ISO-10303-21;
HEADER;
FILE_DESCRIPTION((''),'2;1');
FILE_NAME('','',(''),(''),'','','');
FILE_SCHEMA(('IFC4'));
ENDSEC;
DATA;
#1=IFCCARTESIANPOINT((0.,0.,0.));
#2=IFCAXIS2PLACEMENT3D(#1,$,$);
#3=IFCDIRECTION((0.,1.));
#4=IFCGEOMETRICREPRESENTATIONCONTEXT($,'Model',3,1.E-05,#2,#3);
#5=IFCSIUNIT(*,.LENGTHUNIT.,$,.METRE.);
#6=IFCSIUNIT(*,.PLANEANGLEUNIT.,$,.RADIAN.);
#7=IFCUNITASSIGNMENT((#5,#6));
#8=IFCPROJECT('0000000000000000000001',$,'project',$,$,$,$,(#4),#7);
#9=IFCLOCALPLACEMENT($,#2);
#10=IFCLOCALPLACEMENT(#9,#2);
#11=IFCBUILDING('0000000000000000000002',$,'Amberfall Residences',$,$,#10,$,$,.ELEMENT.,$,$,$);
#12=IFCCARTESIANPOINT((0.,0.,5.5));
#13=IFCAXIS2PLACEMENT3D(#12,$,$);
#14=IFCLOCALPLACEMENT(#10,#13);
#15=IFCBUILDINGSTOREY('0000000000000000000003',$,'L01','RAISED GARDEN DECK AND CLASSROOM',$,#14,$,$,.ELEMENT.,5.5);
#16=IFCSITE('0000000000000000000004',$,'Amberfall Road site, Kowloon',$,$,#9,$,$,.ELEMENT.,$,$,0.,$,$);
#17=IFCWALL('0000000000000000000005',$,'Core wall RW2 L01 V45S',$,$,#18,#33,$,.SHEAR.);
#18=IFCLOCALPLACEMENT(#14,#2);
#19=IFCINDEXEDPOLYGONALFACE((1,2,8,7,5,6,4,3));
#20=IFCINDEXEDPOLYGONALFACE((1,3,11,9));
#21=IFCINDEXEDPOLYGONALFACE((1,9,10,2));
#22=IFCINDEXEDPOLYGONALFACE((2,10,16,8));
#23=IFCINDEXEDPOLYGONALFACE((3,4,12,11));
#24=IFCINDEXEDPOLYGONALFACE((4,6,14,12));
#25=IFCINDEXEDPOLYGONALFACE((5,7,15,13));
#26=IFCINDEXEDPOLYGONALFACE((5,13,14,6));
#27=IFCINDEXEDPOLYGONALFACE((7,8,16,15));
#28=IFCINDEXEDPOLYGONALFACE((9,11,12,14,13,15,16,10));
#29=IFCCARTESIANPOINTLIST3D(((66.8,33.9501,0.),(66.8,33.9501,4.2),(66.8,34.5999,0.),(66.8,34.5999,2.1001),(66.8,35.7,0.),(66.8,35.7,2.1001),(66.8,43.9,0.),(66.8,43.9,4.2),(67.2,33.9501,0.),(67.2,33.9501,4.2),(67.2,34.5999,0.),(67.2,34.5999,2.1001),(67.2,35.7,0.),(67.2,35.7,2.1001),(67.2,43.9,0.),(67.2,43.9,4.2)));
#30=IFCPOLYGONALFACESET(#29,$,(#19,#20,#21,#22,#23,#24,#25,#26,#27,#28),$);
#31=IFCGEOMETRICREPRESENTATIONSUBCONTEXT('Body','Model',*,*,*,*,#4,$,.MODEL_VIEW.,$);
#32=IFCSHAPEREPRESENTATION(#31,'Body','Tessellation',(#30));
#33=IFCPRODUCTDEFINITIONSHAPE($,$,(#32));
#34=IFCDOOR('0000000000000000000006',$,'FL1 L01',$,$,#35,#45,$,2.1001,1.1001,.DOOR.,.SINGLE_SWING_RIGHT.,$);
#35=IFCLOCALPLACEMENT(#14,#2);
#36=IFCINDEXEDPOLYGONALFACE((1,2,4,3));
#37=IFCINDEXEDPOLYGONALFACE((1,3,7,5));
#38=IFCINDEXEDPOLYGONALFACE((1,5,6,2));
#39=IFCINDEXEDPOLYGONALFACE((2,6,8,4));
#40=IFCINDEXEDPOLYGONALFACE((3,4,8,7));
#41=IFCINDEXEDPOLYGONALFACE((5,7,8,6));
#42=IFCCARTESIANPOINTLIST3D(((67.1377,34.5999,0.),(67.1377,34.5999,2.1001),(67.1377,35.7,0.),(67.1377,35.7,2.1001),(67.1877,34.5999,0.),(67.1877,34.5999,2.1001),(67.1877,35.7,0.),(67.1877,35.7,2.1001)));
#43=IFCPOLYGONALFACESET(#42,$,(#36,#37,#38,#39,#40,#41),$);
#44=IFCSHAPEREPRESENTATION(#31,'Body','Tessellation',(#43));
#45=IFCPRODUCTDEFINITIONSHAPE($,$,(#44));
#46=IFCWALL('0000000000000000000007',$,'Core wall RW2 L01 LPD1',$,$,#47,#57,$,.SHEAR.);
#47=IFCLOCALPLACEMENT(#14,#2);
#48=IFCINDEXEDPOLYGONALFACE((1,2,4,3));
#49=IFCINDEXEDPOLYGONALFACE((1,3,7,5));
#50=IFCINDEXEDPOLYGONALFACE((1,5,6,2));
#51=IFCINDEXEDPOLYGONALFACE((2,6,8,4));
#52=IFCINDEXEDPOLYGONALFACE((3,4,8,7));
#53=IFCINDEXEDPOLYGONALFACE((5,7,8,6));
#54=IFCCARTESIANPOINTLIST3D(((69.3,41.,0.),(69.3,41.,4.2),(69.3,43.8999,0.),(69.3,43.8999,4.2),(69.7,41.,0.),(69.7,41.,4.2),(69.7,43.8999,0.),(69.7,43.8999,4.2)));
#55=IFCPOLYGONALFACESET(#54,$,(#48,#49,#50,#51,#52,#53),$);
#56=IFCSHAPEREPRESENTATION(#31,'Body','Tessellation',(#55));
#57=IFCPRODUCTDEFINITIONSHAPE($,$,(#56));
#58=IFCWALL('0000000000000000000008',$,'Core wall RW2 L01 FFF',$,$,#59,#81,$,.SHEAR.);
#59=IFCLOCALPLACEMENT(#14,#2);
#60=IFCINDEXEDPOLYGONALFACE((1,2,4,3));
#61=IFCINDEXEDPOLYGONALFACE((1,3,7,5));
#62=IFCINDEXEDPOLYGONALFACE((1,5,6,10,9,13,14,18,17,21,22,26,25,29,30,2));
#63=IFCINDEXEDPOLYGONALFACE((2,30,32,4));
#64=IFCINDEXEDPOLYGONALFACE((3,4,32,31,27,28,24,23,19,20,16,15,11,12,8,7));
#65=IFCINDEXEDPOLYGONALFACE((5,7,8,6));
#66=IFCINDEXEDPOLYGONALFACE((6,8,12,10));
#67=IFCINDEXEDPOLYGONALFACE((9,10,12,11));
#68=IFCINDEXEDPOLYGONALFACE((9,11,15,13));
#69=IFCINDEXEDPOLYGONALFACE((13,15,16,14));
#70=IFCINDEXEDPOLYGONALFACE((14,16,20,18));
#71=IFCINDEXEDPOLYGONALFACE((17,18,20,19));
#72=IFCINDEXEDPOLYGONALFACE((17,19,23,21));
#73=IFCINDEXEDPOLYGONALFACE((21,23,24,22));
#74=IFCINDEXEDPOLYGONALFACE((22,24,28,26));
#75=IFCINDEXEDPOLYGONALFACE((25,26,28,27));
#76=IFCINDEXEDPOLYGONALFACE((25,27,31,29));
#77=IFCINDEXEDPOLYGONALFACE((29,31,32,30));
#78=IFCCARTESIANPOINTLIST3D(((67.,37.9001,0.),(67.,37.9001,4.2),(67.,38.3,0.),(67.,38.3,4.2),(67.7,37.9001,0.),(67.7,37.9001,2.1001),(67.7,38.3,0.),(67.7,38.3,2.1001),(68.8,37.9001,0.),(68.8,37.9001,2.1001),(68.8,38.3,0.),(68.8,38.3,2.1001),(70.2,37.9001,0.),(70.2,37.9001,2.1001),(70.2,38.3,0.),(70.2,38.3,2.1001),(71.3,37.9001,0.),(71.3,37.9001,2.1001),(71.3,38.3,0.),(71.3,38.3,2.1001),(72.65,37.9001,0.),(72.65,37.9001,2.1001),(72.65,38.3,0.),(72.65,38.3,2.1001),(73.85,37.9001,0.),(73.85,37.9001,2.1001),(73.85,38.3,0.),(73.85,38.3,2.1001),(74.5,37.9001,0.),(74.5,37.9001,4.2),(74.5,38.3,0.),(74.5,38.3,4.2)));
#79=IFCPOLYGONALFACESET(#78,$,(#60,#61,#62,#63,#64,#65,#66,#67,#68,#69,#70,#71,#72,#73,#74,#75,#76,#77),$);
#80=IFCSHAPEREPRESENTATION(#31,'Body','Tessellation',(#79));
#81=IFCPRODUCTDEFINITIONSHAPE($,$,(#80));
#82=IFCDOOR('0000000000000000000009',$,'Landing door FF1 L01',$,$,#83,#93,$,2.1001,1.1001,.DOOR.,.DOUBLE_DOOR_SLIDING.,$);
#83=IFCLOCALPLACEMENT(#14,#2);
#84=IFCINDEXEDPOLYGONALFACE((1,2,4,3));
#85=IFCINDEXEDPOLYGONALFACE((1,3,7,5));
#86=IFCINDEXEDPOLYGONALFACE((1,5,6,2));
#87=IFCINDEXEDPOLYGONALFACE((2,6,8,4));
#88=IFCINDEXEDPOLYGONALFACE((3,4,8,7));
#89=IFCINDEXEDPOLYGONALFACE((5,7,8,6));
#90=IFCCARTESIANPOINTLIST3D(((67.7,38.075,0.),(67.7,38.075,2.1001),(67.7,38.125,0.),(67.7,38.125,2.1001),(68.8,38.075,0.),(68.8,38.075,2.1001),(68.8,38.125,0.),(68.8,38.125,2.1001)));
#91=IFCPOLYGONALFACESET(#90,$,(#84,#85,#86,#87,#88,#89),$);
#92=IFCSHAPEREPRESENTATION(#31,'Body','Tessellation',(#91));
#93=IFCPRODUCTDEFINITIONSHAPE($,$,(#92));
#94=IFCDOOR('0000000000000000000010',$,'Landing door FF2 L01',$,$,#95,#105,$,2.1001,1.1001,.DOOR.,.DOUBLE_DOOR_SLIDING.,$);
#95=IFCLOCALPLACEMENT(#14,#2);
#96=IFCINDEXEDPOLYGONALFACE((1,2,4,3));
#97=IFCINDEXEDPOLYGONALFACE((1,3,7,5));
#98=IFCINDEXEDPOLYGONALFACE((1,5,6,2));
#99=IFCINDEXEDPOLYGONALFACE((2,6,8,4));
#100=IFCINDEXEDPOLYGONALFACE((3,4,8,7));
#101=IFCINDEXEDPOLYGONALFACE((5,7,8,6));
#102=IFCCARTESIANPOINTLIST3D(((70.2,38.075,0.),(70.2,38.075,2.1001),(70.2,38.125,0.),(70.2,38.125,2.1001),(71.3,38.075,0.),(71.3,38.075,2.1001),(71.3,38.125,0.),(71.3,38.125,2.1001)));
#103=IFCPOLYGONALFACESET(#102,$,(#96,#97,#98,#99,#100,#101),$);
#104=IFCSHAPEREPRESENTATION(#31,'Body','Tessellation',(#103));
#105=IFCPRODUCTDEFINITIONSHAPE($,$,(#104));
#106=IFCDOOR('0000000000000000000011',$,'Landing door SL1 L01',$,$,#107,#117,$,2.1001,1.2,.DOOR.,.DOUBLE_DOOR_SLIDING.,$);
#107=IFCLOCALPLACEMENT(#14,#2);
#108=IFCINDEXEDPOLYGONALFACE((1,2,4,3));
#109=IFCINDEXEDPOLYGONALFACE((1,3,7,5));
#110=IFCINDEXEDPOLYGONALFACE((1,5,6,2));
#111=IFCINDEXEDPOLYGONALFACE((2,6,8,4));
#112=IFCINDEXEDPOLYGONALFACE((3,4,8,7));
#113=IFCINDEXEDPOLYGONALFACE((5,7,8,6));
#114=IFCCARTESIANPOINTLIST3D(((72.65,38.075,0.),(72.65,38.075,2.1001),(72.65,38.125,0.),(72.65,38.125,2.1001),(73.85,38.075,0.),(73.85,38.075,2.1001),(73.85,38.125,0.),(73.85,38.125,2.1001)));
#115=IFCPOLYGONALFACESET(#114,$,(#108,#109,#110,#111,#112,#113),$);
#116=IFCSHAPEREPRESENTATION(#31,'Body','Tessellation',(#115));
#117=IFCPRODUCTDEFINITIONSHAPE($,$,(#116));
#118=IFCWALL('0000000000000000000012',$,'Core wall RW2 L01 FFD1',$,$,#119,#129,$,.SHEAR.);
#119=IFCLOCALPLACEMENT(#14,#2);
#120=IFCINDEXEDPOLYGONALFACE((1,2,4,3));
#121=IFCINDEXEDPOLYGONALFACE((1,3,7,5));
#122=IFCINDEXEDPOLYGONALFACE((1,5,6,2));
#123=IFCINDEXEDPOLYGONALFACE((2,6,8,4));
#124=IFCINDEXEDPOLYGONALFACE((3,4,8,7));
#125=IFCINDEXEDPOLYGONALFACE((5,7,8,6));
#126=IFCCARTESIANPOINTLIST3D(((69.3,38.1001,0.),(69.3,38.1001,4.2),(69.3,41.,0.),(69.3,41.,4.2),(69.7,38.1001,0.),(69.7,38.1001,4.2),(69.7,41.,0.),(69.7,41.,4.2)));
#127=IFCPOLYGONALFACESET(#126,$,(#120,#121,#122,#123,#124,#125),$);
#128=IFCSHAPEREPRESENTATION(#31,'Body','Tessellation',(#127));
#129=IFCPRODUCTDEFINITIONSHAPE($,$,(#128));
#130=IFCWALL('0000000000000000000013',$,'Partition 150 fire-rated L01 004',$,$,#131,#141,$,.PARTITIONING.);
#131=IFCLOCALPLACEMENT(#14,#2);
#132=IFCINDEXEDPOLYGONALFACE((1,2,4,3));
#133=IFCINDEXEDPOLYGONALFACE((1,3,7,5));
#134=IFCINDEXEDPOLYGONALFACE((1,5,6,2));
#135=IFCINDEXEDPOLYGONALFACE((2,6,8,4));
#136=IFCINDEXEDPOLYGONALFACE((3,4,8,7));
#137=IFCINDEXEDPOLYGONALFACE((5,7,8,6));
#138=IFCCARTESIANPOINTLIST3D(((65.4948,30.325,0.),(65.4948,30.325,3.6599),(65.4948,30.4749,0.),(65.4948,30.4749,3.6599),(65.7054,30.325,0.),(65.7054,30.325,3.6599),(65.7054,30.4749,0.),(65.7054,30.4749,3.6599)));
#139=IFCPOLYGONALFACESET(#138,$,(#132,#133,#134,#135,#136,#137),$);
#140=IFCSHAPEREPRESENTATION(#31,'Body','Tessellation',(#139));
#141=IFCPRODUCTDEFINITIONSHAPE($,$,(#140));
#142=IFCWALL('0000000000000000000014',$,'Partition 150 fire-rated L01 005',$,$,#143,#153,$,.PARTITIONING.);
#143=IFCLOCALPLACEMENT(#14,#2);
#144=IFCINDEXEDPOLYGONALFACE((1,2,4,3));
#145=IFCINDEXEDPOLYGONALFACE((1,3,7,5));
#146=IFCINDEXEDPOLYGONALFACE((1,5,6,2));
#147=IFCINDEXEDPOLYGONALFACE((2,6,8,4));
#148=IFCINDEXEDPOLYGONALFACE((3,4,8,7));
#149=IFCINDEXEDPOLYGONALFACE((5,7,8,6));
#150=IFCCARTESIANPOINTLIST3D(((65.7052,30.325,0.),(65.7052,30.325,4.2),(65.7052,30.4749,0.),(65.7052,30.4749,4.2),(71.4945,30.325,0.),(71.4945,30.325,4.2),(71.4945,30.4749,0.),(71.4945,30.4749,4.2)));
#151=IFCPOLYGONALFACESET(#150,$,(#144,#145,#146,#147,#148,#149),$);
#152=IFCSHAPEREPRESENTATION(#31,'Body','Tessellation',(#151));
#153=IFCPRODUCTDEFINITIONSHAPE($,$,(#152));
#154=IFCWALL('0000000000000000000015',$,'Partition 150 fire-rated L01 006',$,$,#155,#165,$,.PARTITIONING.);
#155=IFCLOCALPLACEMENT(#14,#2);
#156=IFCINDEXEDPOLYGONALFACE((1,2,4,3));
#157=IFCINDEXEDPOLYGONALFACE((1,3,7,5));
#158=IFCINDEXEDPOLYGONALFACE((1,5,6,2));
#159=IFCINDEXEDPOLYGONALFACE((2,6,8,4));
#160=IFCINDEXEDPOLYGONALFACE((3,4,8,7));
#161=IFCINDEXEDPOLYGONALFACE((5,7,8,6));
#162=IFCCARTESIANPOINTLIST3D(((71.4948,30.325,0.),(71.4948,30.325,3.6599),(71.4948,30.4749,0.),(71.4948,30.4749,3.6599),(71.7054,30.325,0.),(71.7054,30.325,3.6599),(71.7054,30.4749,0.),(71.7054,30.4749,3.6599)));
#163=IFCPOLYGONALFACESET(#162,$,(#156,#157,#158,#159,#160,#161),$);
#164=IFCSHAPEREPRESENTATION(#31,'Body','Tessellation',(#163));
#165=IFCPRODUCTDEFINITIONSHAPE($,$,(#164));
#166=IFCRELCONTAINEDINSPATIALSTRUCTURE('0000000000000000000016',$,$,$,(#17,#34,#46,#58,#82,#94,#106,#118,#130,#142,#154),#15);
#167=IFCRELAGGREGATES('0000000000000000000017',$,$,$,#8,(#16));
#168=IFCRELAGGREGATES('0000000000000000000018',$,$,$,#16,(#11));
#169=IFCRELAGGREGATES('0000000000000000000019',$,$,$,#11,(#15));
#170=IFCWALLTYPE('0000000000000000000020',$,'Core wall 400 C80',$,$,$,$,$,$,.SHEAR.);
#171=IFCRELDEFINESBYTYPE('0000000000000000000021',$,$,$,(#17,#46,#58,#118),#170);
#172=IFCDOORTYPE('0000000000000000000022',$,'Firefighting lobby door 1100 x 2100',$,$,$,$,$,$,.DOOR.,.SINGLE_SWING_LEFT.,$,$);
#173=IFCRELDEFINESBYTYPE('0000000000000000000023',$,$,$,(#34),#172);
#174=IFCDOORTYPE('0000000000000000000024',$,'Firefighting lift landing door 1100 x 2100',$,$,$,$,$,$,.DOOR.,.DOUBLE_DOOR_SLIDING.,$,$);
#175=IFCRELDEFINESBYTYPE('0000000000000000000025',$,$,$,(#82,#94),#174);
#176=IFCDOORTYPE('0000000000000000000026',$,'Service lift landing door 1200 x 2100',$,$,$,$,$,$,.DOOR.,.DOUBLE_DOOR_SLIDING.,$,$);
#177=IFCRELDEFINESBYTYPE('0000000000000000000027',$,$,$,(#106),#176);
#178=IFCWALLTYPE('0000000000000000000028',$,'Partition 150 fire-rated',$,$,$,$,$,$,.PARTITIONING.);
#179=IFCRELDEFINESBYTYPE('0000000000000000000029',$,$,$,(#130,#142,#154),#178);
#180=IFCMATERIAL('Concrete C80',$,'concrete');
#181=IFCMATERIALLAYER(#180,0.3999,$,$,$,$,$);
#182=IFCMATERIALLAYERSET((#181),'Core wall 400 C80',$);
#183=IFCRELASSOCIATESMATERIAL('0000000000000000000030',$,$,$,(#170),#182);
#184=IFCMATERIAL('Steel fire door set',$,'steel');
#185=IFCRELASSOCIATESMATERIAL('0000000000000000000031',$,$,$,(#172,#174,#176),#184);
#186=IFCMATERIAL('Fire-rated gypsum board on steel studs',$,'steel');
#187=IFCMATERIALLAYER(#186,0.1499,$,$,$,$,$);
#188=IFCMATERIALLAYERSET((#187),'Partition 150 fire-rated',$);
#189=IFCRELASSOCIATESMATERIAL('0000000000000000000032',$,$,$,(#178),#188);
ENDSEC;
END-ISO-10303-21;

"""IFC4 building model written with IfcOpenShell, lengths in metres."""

from ifc_helpers import new_model, si_unit, direction, frame, frame_2d, origin, place, context, subcontext, project, spatial, rectangle, extrude, material, layer, layer_set, type_object, element, fill, save


model = new_model("IFC4")

# Units and contexts
model_context = context("Model", 3, precision=1e-05, world=origin(), true_north=direction((0.0, 1.0)))
body_context = subcontext(model_context, "Body", "Model", "MODEL_VIEW")
ifc_project = project(units=[si_unit("LENGTHUNIT", "METRE"), si_unit("PLANEANGLEUNIT", "RADIAN")], contexts=[model_context])

# Site, building, storey
site_placement = place(None, origin())
site = spatial("IfcSite", under=ifc_project, at=site_placement, Name="Amberfall Road site, Kowloon", CompositionType="ELEMENT", RefElevation=0.0)
building_placement = place(site_placement, origin())
building = spatial("IfcBuilding", under=site, at=building_placement, Name="Amberfall Residences", CompositionType="ELEMENT")
storey_placement = place(building_placement, frame((0.0, 0.0, 5.5)))
storey = spatial("IfcBuildingStorey", under=building, at=storey_placement, Name="L01", Description="RAISED GARDEN DECK AND CLASSROOM", CompositionType="ELEMENT", Elevation=5.5)

# Wall, opening, door
ifc_material_1 = material(Name="Concrete C80", Category="concrete")
ifc_layer_1 = layer(ifc_material_1, 0.3999)
ifc_layer_set_1 = layer_set([ifc_layer_1], Name="Core wall 400 C80")
wall_type_1 = type_object("IfcWallType", Name="Core wall 400 C80", PredefinedType="SHEAR", material=ifc_layer_set_1)
wall_1_placement = place(storey_placement, frame((67.0, 33.95, 0.0), z_axis=(0.0, 0.0, 1.0), x_axis=(0.0, 1.0, 0.0)))
wall_1 = element("IfcWall", 1, at=wall_1_placement, inside=storey, type_object=wall_type_1, Name="Core wall RW2 L01 V45S", PredefinedType="SHEAR", context=body_context, shape_type="SweptSolid", body=[
    extrude(rectangle(XDim=9.95, YDim=0.3999, at=frame_2d((4.9751, 0.0))), origin(), (0.0, 0.0, 1.0), 4.2),
])
opening_1_placement = place(wall_1_placement, frame((0.6499, 0.0, 0.0)))
opening_1 = element("IfcOpeningElement", 2, at=opening_1_placement, cuts=wall_1, PredefinedType="OPENING", context=body_context, shape_type="SweptSolid", body=[
    extrude(rectangle(XDim=1.1001, YDim=2.1001, at=frame_2d((0.55, 1.05))), frame((0.0, 0.21, 0.0), z_axis=(0.0, -1.0, 0.0), x_axis=(1.0, 0.0, 0.0)), (0.0, 0.0, 1.0), 0.4199),
])
ifc_material_2 = material(Name="Steel fire door set", Category="steel")
door_type_1 = type_object("IfcDoorType", Name="Firefighting lobby door 1100 x 2100", OperationType="SINGLE_SWING_LEFT", PredefinedType="DOOR", material=ifc_material_2)
door_1_placement = place(opening_1_placement, origin())
door_1 = element("IfcDoor", 3, at=door_1_placement, inside=storey, type_object=door_type_1, Name="FL1 L01", OperationType="SINGLE_SWING_RIGHT", OverallHeight=2.1001, OverallWidth=1.1001, PredefinedType="DOOR", context=body_context, shape_type="SweptSolid", body=[
    extrude(rectangle(XDim=1.1001, YDim=2.1001, at=frame_2d((0.55, 1.05))), frame((0.0, -0.1377, 0.0), z_axis=(0.0, -1.0, 0.0), x_axis=(1.0, 0.0, 0.0)), (0.0, 0.0, 1.0), 0.05),
])
fill(opening_1, door_1)

# Wall
wall_2_placement = place(storey_placement, frame((69.5, 41.0, 0.0), z_axis=(0.0, 0.0, 1.0), x_axis=(0.0, 1.0, 0.0)))
element("IfcWall", 4, at=wall_2_placement, inside=storey, type_object=wall_type_1, Name="Core wall RW2 L01 LPD1", PredefinedType="SHEAR", context=body_context, shape_type="SweptSolid", body=[
    extrude(rectangle(XDim=2.8999, YDim=0.3999, at=frame_2d((1.45, 0.0))), origin(), (0.0, 0.0, 1.0), 4.2),
])

# Wall, openings, doors
wall_3_placement = place(storey_placement, frame((67.0, 38.1001, 0.0), z_axis=(0.0, 0.0, 1.0), x_axis=(1.0, 0.0, 0.0)))
wall_3 = element("IfcWall", 5, at=wall_3_placement, inside=storey, type_object=wall_type_1, Name="Core wall RW2 L01 FFF", PredefinedType="SHEAR", context=body_context, shape_type="SweptSolid", body=[
    extrude(rectangle(XDim=7.5, YDim=0.3999, at=frame_2d((3.75, 0.0))), origin(), (0.0, 0.0, 1.0), 4.2),
])
opening_2_placement = place(wall_3_placement, frame((0.7, 0.0, 0.0)))
opening_2 = element("IfcOpeningElement", 6, at=opening_2_placement, cuts=wall_3, PredefinedType="OPENING", context=body_context, shape_type="SweptSolid", body=[
    extrude(rectangle(XDim=1.1001, YDim=2.1001, at=frame_2d((0.55, 1.05))), frame((0.0, 0.21, 0.0), z_axis=(0.0, -1.0, 0.0), x_axis=(1.0, 0.0, 0.0)), (0.0, 0.0, 1.0), 0.4199),
])
opening_3_placement = place(wall_3_placement, frame((3.2, 0.0, 0.0)))
opening_3 = element("IfcOpeningElement", 7, at=opening_3_placement, cuts=wall_3, PredefinedType="OPENING", context=body_context, shape_type="SweptSolid", body=[
    extrude(rectangle(XDim=1.1001, YDim=2.1001, at=frame_2d((0.55, 1.05))), frame((0.0, 0.21, 0.0), z_axis=(0.0, -1.0, 0.0), x_axis=(1.0, 0.0, 0.0)), (0.0, 0.0, 1.0), 0.4199),
])
opening_4_placement = place(wall_3_placement, frame((5.6499, 0.0, 0.0)))
opening_4 = element("IfcOpeningElement", 8, at=opening_4_placement, cuts=wall_3, PredefinedType="OPENING", context=body_context, shape_type="SweptSolid", body=[
    extrude(rectangle(XDim=1.2, YDim=2.1001, at=frame_2d((0.6001, 1.05))), frame((0.0, 0.21, 0.0), z_axis=(0.0, -1.0, 0.0), x_axis=(1.0, 0.0, 0.0)), (0.0, 0.0, 1.0), 0.4199),
])
door_type_2 = type_object("IfcDoorType", Name="Firefighting lift landing door 1100 x 2100", OperationType="DOUBLE_DOOR_SLIDING", PredefinedType="DOOR", material=ifc_material_2)
door_2_placement = place(opening_2_placement, origin())
door_2 = element("IfcDoor", 9, at=door_2_placement, inside=storey, type_object=door_type_2, Name="Landing door FF1 L01", OperationType="DOUBLE_DOOR_SLIDING", OverallHeight=2.1001, OverallWidth=1.1001, PredefinedType="DOOR", context=body_context, shape_type="SweptSolid", body=[
    extrude(rectangle(XDim=1.1001, YDim=2.1001, at=frame_2d((0.55, 1.05))), frame((0.0, 0.0249, 0.0), z_axis=(0.0, -1.0, 0.0), x_axis=(1.0, 0.0, 0.0)), (0.0, 0.0, 1.0), 0.05),
])
fill(opening_2, door_2)
door_3_placement = place(opening_3_placement, origin())
door_3 = element("IfcDoor", 10, at=door_3_placement, inside=storey, type_object=door_type_2, Name="Landing door FF2 L01", OperationType="DOUBLE_DOOR_SLIDING", OverallHeight=2.1001, OverallWidth=1.1001, PredefinedType="DOOR", context=body_context, shape_type="SweptSolid", body=[
    extrude(rectangle(XDim=1.1001, YDim=2.1001, at=frame_2d((0.55, 1.05))), frame((0.0, 0.0249, 0.0), z_axis=(0.0, -1.0, 0.0), x_axis=(1.0, 0.0, 0.0)), (0.0, 0.0, 1.0), 0.05),
])
fill(opening_3, door_3)
door_type_3 = type_object("IfcDoorType", Name="Service lift landing door 1200 x 2100", OperationType="DOUBLE_DOOR_SLIDING", PredefinedType="DOOR", material=ifc_material_2)
door_4_placement = place(opening_4_placement, origin())
door_4 = element("IfcDoor", 11, at=door_4_placement, inside=storey, type_object=door_type_3, Name="Landing door SL1 L01", OperationType="DOUBLE_DOOR_SLIDING", OverallHeight=2.1001, OverallWidth=1.2, PredefinedType="DOOR", context=body_context, shape_type="SweptSolid", body=[
    extrude(rectangle(XDim=1.2, YDim=2.1001, at=frame_2d((0.6001, 1.05))), frame((0.0, 0.0249, 0.0), z_axis=(0.0, -1.0, 0.0), x_axis=(1.0, 0.0, 0.0)), (0.0, 0.0, 1.0), 0.05),
])
fill(opening_4, door_4)

# Walls
wall_4_placement = place(storey_placement, frame((69.5, 38.1001, 0.0), z_axis=(0.0, 0.0, 1.0), x_axis=(0.0, 1.0, 0.0)))
element("IfcWall", 12, at=wall_4_placement, inside=storey, type_object=wall_type_1, Name="Core wall RW2 L01 FFD1", PredefinedType="SHEAR", context=body_context, shape_type="SweptSolid", body=[
    extrude(rectangle(XDim=2.8999, YDim=0.3999, at=frame_2d((1.45, 0.0))), origin(), (0.0, 0.0, 1.0), 4.2),
])
ifc_material_3 = material(Name="Fire-rated gypsum board on steel studs", Category="steel")
ifc_layer_2 = layer(ifc_material_3, 0.1499)
ifc_layer_set_2 = layer_set([ifc_layer_2], Name="Partition 150 fire-rated")
wall_type_2 = type_object("IfcWallType", Name="Partition 150 fire-rated", PredefinedType="PARTITIONING", material=ifc_layer_set_2)
wall_5_placement = place(storey_placement, frame((65.4946, 30.3999, 0.0), z_axis=(0.0, 0.0, 1.0), x_axis=(1.0, 0.0, 0.0)))
element("IfcWall", 13, at=wall_5_placement, inside=storey, type_object=wall_type_2, Name="Partition 150 fire-rated L01 004", PredefinedType="PARTITIONING", context=body_context, shape_type="SweptSolid", body=[
    extrude(rectangle(XDim=0.2107, YDim=0.1499, at=frame_2d((0.1055, 0.0))), origin(), (0.0, 0.0, 1.0), 3.6599),
])
wall_6_placement = place(storey_placement, frame((65.7053, 30.3999, 0.0), z_axis=(0.0, 0.0, 1.0), x_axis=(1.0, 0.0, 0.0)))
element("IfcWall", 14, at=wall_6_placement, inside=storey, type_object=wall_type_2, Name="Partition 150 fire-rated L01 005", PredefinedType="PARTITIONING", context=body_context, shape_type="SweptSolid", body=[
    extrude(rectangle(XDim=5.7893, YDim=0.1499, at=frame_2d((2.8945, 0.0))), origin(), (0.0, 0.0, 1.0), 4.2),
])
wall_7_placement = place(storey_placement, frame((71.4946, 30.3999, 0.0), z_axis=(0.0, 0.0, 1.0), x_axis=(1.0, 0.0, 0.0)))
element("IfcWall", 15, at=wall_7_placement, inside=storey, type_object=wall_type_2, Name="Partition 150 fire-rated L01 006", PredefinedType="PARTITIONING", context=body_context, shape_type="SweptSolid", body=[
    extrude(rectangle(XDim=0.2107, YDim=0.1499, at=frame_2d((0.1055, 0.0))), origin(), (0.0, 0.0, 1.0), 3.6599),
])

save(model, "model.ifc")
